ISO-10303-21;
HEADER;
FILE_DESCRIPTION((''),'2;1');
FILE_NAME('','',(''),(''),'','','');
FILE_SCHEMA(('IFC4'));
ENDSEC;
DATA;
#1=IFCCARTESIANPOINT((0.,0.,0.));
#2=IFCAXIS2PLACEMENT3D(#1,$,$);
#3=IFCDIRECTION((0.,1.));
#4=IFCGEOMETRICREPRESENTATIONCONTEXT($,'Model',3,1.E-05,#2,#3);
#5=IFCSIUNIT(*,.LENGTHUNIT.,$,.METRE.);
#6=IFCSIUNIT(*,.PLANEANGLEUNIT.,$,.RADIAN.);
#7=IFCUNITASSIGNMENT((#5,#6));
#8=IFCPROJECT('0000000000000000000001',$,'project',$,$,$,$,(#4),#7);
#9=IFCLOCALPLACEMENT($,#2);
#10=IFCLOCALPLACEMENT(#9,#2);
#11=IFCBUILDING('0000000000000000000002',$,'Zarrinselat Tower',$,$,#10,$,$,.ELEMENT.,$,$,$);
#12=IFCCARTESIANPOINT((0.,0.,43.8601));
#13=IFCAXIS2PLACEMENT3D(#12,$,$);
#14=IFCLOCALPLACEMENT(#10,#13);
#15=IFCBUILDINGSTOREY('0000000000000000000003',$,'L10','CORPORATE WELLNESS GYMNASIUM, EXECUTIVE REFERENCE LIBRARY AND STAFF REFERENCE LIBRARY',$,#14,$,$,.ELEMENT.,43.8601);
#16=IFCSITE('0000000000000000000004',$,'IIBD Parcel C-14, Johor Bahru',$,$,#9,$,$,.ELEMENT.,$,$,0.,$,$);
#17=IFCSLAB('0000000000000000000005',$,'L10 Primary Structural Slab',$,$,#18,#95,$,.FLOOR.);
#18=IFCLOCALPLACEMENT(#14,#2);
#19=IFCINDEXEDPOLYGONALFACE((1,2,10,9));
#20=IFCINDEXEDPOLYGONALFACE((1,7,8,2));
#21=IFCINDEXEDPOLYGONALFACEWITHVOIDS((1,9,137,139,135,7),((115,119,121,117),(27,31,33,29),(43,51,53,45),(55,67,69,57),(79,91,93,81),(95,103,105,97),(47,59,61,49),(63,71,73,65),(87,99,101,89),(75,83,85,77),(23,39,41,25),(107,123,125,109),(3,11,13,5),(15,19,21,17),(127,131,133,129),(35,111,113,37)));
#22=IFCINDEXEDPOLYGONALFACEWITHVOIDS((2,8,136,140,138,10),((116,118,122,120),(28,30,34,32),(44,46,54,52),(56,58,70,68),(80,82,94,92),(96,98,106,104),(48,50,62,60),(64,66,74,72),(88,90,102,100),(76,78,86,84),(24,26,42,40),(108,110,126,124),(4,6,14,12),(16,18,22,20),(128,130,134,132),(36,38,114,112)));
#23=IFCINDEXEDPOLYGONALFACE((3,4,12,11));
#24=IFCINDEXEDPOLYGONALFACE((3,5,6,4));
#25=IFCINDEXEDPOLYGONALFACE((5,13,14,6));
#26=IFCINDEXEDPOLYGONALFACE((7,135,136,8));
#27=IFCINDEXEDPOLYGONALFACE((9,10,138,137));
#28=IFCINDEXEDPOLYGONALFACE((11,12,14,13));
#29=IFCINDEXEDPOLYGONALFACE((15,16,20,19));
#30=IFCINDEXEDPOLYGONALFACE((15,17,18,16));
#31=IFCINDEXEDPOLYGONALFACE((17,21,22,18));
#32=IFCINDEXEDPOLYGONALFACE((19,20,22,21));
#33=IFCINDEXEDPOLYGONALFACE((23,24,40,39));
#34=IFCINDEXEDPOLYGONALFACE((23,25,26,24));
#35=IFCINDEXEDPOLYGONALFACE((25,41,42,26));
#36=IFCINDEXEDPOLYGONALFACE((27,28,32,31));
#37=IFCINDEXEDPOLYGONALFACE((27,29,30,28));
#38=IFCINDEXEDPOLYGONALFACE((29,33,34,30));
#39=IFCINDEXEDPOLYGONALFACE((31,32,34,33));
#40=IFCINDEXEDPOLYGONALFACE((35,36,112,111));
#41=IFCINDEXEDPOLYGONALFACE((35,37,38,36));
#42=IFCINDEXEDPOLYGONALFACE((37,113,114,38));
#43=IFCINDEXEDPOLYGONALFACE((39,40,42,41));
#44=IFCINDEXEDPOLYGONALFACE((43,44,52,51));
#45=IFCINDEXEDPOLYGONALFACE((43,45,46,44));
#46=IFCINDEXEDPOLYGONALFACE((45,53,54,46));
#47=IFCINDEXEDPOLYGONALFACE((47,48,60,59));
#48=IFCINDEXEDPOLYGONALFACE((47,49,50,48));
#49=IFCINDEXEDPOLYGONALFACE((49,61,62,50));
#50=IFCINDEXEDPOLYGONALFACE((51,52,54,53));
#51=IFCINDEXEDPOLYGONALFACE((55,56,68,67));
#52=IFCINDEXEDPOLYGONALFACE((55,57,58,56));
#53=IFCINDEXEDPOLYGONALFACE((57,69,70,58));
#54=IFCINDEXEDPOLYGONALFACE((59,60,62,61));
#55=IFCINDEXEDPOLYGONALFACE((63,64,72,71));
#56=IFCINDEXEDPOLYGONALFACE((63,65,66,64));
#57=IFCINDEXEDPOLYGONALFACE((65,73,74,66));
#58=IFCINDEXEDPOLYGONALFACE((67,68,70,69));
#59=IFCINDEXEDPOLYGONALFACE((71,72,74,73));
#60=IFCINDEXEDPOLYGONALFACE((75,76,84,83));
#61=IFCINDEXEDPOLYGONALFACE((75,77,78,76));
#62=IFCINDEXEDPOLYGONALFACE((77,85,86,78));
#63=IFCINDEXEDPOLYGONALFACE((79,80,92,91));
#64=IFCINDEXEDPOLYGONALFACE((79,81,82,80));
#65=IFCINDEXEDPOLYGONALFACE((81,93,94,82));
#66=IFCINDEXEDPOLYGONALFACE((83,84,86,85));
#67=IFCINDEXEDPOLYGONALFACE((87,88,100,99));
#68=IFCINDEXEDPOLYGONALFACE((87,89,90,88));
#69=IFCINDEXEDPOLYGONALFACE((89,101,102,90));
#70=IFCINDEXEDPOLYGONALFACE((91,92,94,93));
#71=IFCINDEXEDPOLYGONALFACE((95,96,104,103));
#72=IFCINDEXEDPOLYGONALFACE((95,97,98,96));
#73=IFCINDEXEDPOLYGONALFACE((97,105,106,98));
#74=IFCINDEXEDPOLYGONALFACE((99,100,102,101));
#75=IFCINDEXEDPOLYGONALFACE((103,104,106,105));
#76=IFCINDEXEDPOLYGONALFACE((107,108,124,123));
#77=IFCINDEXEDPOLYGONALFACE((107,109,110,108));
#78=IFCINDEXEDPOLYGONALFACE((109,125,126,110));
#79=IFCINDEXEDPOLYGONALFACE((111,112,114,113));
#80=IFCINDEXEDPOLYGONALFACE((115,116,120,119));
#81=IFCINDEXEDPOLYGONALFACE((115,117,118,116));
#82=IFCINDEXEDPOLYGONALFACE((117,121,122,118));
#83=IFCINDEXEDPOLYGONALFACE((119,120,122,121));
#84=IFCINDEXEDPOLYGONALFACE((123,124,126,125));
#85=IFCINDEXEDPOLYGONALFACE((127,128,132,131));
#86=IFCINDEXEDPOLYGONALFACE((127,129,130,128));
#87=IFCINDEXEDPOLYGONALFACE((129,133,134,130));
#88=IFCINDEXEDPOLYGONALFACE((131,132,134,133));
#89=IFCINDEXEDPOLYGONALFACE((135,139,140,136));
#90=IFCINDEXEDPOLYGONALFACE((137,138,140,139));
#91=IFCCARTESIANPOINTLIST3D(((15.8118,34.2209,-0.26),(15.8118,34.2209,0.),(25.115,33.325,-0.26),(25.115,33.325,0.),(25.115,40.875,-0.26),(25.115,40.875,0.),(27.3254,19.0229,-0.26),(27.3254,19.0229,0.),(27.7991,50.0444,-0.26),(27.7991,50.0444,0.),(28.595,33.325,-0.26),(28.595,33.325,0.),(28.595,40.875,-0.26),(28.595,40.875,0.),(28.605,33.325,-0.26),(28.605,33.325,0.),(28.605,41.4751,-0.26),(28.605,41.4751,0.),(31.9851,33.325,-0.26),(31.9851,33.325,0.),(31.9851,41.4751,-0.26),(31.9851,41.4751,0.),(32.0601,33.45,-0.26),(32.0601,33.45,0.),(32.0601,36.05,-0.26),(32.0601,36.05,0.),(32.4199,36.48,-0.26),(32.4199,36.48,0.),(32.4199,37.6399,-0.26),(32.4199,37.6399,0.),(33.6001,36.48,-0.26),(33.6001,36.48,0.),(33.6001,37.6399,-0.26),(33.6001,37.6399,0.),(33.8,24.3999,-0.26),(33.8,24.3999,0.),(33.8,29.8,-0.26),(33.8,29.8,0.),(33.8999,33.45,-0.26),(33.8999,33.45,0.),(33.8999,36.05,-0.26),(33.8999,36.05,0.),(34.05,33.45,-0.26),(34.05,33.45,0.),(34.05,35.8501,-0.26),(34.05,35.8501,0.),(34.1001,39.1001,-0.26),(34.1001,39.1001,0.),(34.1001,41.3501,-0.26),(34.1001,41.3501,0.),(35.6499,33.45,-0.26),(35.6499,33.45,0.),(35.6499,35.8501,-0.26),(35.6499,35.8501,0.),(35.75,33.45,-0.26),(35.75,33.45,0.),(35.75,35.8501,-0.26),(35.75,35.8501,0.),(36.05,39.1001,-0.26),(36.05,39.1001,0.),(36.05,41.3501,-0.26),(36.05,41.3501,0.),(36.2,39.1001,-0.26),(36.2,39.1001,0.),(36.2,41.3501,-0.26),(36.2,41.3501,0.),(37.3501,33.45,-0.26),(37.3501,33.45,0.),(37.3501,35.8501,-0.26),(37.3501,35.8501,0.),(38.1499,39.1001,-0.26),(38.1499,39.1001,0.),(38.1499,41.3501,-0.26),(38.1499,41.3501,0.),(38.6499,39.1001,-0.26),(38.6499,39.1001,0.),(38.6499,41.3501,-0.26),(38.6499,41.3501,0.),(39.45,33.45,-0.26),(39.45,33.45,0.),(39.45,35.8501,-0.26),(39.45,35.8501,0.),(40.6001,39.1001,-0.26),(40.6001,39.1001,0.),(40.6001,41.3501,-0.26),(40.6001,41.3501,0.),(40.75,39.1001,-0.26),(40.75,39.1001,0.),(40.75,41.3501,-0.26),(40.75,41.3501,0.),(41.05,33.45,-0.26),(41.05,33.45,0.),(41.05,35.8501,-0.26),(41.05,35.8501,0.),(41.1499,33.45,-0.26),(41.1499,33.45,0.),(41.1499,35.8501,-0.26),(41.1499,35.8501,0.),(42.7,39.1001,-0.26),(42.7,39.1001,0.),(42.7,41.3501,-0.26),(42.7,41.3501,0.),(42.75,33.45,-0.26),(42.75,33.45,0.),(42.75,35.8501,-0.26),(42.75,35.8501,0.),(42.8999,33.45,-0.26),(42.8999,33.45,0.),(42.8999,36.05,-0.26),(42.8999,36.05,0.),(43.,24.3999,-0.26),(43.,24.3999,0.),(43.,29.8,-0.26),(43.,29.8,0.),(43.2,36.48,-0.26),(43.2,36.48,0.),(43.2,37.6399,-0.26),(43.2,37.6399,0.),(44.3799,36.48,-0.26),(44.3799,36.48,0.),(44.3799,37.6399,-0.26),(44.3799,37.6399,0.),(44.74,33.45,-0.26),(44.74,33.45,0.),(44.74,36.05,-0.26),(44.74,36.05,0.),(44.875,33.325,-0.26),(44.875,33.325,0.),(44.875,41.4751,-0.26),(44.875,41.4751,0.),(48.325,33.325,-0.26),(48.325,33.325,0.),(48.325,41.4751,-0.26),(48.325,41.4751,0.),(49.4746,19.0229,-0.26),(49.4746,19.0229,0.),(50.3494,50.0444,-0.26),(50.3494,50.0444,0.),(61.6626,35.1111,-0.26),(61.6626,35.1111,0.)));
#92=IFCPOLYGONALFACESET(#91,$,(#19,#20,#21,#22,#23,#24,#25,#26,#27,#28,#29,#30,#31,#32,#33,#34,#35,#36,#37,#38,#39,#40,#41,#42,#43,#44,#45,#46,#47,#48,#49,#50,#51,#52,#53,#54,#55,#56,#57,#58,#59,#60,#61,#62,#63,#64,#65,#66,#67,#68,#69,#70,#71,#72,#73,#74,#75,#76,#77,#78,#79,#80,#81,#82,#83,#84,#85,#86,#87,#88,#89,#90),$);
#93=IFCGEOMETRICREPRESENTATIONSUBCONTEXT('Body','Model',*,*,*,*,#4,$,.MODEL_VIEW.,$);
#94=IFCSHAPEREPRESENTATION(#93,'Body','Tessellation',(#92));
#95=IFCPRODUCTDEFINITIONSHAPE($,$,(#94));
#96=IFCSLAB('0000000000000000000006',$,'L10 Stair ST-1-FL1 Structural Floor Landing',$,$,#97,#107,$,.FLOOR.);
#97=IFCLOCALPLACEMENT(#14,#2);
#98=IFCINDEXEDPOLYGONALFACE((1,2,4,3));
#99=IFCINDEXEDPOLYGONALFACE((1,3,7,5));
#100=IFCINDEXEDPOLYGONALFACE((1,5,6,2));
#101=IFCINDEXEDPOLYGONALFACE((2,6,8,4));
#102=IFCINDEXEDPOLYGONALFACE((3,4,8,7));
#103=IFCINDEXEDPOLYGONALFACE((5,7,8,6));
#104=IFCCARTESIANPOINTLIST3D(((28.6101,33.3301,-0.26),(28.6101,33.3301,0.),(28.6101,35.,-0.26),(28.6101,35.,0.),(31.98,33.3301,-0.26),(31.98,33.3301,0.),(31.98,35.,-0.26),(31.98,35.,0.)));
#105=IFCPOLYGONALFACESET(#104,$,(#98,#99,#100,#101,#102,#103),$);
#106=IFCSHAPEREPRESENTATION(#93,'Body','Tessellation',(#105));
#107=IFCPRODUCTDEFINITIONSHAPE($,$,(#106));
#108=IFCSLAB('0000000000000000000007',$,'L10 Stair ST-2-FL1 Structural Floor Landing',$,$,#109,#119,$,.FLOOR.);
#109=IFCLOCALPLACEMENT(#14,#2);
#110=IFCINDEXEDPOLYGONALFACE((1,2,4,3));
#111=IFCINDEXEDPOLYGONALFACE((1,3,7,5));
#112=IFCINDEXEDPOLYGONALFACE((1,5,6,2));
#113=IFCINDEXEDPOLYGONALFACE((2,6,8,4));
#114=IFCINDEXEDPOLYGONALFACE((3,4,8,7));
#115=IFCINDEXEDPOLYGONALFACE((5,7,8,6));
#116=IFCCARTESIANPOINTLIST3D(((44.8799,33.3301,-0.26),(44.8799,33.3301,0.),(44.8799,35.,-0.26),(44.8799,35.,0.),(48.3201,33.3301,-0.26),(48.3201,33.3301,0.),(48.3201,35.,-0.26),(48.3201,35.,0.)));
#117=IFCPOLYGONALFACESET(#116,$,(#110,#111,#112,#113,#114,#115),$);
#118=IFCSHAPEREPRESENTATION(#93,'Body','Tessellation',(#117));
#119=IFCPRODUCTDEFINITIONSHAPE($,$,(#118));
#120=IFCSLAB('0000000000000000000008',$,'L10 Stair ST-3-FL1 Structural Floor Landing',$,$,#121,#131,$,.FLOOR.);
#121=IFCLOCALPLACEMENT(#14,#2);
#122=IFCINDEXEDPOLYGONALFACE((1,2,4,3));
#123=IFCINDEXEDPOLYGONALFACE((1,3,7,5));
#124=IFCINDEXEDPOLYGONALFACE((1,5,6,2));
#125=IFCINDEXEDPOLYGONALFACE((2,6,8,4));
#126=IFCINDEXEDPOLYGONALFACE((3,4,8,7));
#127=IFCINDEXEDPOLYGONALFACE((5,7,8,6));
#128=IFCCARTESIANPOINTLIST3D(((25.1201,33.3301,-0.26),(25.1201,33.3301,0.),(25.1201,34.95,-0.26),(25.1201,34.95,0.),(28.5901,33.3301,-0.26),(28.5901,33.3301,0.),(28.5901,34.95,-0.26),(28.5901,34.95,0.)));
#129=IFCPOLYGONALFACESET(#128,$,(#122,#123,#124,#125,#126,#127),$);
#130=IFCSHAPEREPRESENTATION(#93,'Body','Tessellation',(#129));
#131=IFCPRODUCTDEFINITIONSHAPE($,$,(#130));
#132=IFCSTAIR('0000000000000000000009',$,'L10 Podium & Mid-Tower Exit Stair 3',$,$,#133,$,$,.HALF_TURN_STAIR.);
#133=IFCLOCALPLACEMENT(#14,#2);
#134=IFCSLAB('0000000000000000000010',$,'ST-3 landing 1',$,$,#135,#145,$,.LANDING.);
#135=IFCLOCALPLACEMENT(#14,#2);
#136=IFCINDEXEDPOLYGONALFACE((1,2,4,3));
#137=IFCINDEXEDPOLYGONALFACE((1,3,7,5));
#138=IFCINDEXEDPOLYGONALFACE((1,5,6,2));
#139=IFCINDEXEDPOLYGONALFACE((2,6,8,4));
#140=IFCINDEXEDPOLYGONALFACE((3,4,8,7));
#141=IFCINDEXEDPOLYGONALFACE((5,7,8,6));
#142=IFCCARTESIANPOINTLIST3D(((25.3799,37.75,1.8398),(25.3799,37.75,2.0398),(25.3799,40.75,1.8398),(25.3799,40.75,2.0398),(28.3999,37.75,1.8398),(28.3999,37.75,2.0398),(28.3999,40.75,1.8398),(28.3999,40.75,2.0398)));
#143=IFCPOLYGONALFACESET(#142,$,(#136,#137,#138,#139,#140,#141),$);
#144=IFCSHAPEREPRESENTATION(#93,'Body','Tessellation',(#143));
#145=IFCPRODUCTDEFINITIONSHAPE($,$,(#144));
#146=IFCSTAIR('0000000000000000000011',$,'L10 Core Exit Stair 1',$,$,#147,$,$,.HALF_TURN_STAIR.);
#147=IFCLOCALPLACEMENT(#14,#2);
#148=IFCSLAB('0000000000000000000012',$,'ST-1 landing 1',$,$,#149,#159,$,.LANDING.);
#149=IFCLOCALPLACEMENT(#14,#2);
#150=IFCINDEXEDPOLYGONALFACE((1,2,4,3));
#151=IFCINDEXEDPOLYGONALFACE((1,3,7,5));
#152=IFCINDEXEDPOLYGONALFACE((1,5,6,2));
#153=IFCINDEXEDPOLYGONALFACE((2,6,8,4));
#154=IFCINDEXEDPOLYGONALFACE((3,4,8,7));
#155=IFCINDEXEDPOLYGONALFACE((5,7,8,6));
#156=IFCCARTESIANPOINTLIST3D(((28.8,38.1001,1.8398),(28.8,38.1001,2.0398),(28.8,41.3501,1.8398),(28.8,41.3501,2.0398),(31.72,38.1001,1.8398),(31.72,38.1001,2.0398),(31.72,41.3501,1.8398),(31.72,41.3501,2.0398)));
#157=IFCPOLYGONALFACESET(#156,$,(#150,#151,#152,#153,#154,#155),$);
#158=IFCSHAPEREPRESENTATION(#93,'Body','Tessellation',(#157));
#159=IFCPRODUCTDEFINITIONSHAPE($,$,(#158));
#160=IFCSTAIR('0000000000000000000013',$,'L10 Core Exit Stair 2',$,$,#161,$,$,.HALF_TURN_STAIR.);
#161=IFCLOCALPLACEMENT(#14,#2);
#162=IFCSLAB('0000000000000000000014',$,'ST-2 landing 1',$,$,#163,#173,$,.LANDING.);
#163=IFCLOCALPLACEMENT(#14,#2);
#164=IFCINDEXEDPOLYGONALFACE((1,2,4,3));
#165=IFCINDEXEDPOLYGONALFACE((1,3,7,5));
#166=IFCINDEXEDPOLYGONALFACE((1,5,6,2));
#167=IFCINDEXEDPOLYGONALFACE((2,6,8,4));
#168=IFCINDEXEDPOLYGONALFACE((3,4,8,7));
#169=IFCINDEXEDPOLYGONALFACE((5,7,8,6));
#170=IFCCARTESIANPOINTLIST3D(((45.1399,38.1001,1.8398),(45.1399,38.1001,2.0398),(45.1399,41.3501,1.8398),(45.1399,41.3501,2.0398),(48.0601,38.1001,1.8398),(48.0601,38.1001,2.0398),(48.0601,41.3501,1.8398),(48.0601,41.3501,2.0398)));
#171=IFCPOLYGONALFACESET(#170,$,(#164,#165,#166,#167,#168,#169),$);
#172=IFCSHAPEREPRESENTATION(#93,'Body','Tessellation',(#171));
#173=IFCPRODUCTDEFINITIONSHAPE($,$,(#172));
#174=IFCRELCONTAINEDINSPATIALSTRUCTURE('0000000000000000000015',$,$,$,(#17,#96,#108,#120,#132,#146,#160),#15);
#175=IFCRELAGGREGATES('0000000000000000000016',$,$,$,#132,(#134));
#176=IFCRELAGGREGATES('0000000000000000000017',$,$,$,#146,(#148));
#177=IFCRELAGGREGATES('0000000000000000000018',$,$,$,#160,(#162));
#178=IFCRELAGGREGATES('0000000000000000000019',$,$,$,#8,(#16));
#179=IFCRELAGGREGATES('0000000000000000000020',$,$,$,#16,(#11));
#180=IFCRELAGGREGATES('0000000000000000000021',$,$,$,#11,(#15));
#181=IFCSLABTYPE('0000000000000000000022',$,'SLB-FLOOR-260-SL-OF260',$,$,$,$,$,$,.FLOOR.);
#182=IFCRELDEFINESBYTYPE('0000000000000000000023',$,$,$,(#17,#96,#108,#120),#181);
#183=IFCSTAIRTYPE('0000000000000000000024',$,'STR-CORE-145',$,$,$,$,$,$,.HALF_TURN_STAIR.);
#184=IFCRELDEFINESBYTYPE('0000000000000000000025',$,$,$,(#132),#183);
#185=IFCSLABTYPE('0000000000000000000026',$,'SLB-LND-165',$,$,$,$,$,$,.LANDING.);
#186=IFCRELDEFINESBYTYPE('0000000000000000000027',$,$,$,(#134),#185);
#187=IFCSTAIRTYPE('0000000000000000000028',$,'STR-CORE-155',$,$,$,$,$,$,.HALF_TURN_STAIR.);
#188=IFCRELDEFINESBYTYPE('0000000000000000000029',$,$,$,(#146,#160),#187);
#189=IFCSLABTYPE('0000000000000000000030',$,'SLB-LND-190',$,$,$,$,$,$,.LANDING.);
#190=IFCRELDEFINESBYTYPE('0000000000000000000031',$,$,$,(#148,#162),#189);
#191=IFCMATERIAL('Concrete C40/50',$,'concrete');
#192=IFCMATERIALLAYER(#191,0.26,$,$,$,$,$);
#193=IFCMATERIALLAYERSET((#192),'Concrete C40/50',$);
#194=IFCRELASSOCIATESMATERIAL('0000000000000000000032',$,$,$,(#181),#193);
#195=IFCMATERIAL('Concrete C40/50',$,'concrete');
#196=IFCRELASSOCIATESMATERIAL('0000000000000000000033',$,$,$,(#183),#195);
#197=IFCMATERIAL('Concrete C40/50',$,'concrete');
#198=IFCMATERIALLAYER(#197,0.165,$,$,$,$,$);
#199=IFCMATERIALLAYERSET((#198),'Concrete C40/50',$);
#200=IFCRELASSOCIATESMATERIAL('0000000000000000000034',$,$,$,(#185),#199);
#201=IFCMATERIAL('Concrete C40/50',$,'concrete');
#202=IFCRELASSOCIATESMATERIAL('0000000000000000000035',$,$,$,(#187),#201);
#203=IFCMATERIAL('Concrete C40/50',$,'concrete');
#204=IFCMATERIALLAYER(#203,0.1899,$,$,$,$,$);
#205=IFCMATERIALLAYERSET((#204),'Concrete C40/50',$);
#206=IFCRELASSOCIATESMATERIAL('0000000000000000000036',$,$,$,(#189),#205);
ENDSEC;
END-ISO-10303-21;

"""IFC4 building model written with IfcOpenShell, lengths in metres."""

from ifc_helpers import new_model, si_unit, direction, frame, origin, place, context, subcontext, project, spatial, polyline, outline, extrude, material, layer, layer_set, type_object, element, aggregate, save


model = new_model("IFC4")

# Units and contexts
model_context = context("Model", 3, precision=1e-05, world=origin(), true_north=direction((0.0, 1.0)))
body_context = subcontext(model_context, "Body", "Model", "MODEL_VIEW")
ifc_project = project(units=[si_unit("LENGTHUNIT", "METRE"), si_unit("PLANEANGLEUNIT", "RADIAN")], contexts=[model_context])

# Site, building, storey
site_placement = place(None, origin())
site = spatial("IfcSite", under=ifc_project, at=site_placement, Name="IIBD Parcel C-14, Johor Bahru", CompositionType="ELEMENT", RefElevation=0.0)
building_placement = place(site_placement, origin())
building = spatial("IfcBuilding", under=site, at=building_placement, Name="Zarrinselat Tower", CompositionType="ELEMENT")
storey_placement = place(building_placement, frame((0.0, 0.0, 43.8601)))
storey = spatial("IfcBuildingStorey", under=building, at=storey_placement, Name="L10", Description="CORPORATE WELLNESS GYMNASIUM, EXECUTIVE REFERENCE LIBRARY AND STAFF REFERENCE LIBRARY", CompositionType="ELEMENT", Elevation=43.8601)

# Slabs
ifc_material_1 = material(Name="Concrete C40/50", Category="concrete")
ifc_layer_1 = layer(ifc_material_1, 0.26)
ifc_layer_set_1 = layer_set([ifc_layer_1], Name="Concrete C40/50")
slab_type_1 = type_object("IfcSlabType", Name="SLB-FLOOR-260-SL-OF260", PredefinedType="FLOOR", material=ifc_layer_set_1)
slab_1_placement = place(storey_placement, frame((0.0, 0.0, -0.26)))
element("IfcSlab", 1, at=slab_1_placement, inside=storey, type_object=slab_type_1, Name="L10 Primary Structural Slab", PredefinedType="FLOOR", context=body_context, shape_type="SweptSolid", body=[
    extrude(outline(polyline([(50.3494, 50.0444), (27.7991, 50.0444), (15.8118, 34.2209), (27.3254, 19.0229), (49.4746, 19.0229), (61.6626, 35.1111), (50.3494, 50.0444)]), holes=[polyline([(34.05, 33.45), (34.05, 35.8501), (35.6499, 35.8501), (35.6499, 33.45), (34.05, 33.45)]), polyline([(35.75, 33.45), (35.75, 35.8501), (37.3501, 35.8501), (37.3501, 33.45), (35.75, 33.45)]), polyline([(32.0601, 33.45), (32.0601, 36.05), (33.8999, 36.05), (33.8999, 33.45), (32.0601, 33.45)]), polyline([(32.4199, 36.48), (32.4199, 37.6399), (33.6001, 37.6399), (33.6001, 36.48), (32.4199, 36.48)]), polyline([(28.595, 33.325), (25.115, 33.325), (25.115, 40.875), (28.595, 40.875), (28.595, 33.325)]), polyline([(31.9851, 33.325), (28.605, 33.325), (28.605, 41.4751), (31.9851, 41.4751), (31.9851, 33.325)]), polyline([(34.1001, 39.1001), (34.1001, 41.3501), (36.05, 41.3501), (36.05, 39.1001), (34.1001, 39.1001)]), polyline([(36.2, 39.1001), (36.2, 41.3501), (38.1499, 41.3501), (38.1499, 39.1001), (36.2, 39.1001)]), polyline([(33.8, 24.3999), (33.8, 29.8), (43.0, 29.8), (43.0, 24.3999), (33.8, 24.3999)]), polyline([(39.45, 33.45), (39.45, 35.8501), (41.05, 35.8501), (41.05, 33.45), (39.45, 33.45)]), polyline([(41.1499, 33.45), (41.1499, 35.8501), (42.75, 35.8501), (42.75, 33.45), (41.1499, 33.45)]), polyline([(42.8999, 33.45), (42.8999, 36.05), (44.74, 36.05), (44.74, 33.45), (42.8999, 33.45)]), polyline([(43.2, 36.48), (43.2, 37.6399), (44.3799, 37.6399), (44.3799, 36.48), (43.2, 36.48)]), polyline([(48.325, 33.325), (44.875, 33.325), (44.875, 41.4751), (48.325, 41.4751), (48.325, 33.325)]), polyline([(38.6499, 39.1001), (38.6499, 41.3501), (40.6001, 41.3501), (40.6001, 39.1001), (38.6499, 39.1001)]), polyline([(40.75, 39.1001), (40.75, 41.3501), (42.7, 41.3501), (42.7, 39.1001), (40.75, 39.1001)])]), origin(), (0.0, 0.0, 1.0), 0.26),
])
slab_2_placement = place(storey_placement, frame((0.0, 0.0, -0.26)))
element("IfcSlab", 2, at=slab_2_placement, inside=storey, type_object=slab_type_1, Name="L10 Stair ST-1-FL1 Structural Floor Landing", PredefinedType="FLOOR", context=body_context, shape_type="SweptSolid", body=[
    extrude(outline(polyline([(31.98, 33.3301), (31.98, 35.0), (28.6101, 35.0), (28.6101, 33.3301), (31.98, 33.3301)])), origin(), (0.0, 0.0, 1.0), 0.26),
])
slab_3_placement = place(storey_placement, frame((0.0, 0.0, -0.26)))
element("IfcSlab", 3, at=slab_3_placement, inside=storey, type_object=slab_type_1, Name="L10 Stair ST-2-FL1 Structural Floor Landing", PredefinedType="FLOOR", context=body_context, shape_type="SweptSolid", body=[
    extrude(outline(polyline([(48.3201, 33.3301), (48.3201, 35.0), (44.8799, 35.0), (44.8799, 33.3301), (48.3201, 33.3301)])), origin(), (0.0, 0.0, 1.0), 0.26),
])
slab_4_placement = place(storey_placement, frame((0.0, 0.0, -0.26)))
element("IfcSlab", 4, at=slab_4_placement, inside=storey, type_object=slab_type_1, Name="L10 Stair ST-3-FL1 Structural Floor Landing", PredefinedType="FLOOR", context=body_context, shape_type="SweptSolid", body=[
    extrude(outline(polyline([(28.5901, 33.3301), (28.5901, 34.95), (25.1201, 34.95), (25.1201, 33.3301), (28.5901, 33.3301)])), origin(), (0.0, 0.0, 1.0), 0.26),
])

# Stairs, slabs
ifc_material_2 = material(Name="Concrete C40/50", Category="concrete")
stair_type_1 = type_object("IfcStairType", Name="STR-CORE-145", PredefinedType="HALF_TURN_STAIR", material=ifc_material_2)
stair_1_placement = place(storey_placement, origin())
stair_1 = element("IfcStair", 5, at=stair_1_placement, inside=storey, type_object=stair_type_1, Name="L10 Podium & Mid-Tower Exit Stair 3", PredefinedType="HALF_TURN_STAIR")
ifc_material_3 = material(Name="Concrete C40/50", Category="concrete")
ifc_layer_2 = layer(ifc_material_3, 0.165)
ifc_layer_set_2 = layer_set([ifc_layer_2], Name="Concrete C40/50")
slab_type_2 = type_object("IfcSlabType", Name="SLB-LND-165", PredefinedType="LANDING", material=ifc_layer_set_2)
slab_5_placement = place(storey_placement, frame((0.0, 0.0, 1.8398)))
slab_5 = element("IfcSlab", 6, at=slab_5_placement, type_object=slab_type_2, Name="ST-3 landing 1", PredefinedType="LANDING", context=body_context, shape_type="SweptSolid", body=[
    extrude(outline(polyline([(28.3999, 37.75), (28.3999, 40.75), (25.3799, 40.75), (25.3799, 37.75), (28.3999, 37.75)])), origin(), (0.0, 0.0, 1.0), 0.2),
])
aggregate(stair_1, [slab_5])
ifc_material_4 = material(Name="Concrete C40/50", Category="concrete")
stair_type_2 = type_object("IfcStairType", Name="STR-CORE-155", PredefinedType="HALF_TURN_STAIR", material=ifc_material_4)
stair_2_placement = place(storey_placement, origin())
stair_2 = element("IfcStair", 7, at=stair_2_placement, inside=storey, type_object=stair_type_2, Name="L10 Core Exit Stair 1", PredefinedType="HALF_TURN_STAIR")
ifc_material_5 = material(Name="Concrete C40/50", Category="concrete")
ifc_layer_3 = layer(ifc_material_5, 0.1899)
ifc_layer_set_3 = layer_set([ifc_layer_3], Name="Concrete C40/50")
slab_type_3 = type_object("IfcSlabType", Name="SLB-LND-190", PredefinedType="LANDING", material=ifc_layer_set_3)
slab_6_placement = place(storey_placement, frame((0.0, 0.0, 1.8398)))
slab_6 = element("IfcSlab", 8, at=slab_6_placement, type_object=slab_type_3, Name="ST-1 landing 1", PredefinedType="LANDING", context=body_context, shape_type="SweptSolid", body=[
    extrude(outline(polyline([(31.72, 38.1001), (31.72, 41.3501), (28.8, 41.3501), (28.8, 38.1001), (31.72, 38.1001)])), origin(), (0.0, 0.0, 1.0), 0.2),
])
aggregate(stair_2, [slab_6])
stair_3_placement = place(storey_placement, origin())
stair_3 = element("IfcStair", 9, at=stair_3_placement, inside=storey, type_object=stair_type_2, Name="L10 Core Exit Stair 2", PredefinedType="HALF_TURN_STAIR")
slab_7_placement = place(storey_placement, frame((0.0, 0.0, 1.8398)))
slab_7 = element("IfcSlab", 10, at=slab_7_placement, type_object=slab_type_3, Name="ST-2 landing 1", PredefinedType="LANDING", context=body_context, shape_type="SweptSolid", body=[
    extrude(outline(polyline([(48.0601, 38.1001), (48.0601, 41.3501), (45.1399, 41.3501), (45.1399, 38.1001), (48.0601, 38.1001)])), origin(), (0.0, 0.0, 1.0), 0.2),
])
aggregate(stair_3, [slab_7])

save(model, "model.ifc")
